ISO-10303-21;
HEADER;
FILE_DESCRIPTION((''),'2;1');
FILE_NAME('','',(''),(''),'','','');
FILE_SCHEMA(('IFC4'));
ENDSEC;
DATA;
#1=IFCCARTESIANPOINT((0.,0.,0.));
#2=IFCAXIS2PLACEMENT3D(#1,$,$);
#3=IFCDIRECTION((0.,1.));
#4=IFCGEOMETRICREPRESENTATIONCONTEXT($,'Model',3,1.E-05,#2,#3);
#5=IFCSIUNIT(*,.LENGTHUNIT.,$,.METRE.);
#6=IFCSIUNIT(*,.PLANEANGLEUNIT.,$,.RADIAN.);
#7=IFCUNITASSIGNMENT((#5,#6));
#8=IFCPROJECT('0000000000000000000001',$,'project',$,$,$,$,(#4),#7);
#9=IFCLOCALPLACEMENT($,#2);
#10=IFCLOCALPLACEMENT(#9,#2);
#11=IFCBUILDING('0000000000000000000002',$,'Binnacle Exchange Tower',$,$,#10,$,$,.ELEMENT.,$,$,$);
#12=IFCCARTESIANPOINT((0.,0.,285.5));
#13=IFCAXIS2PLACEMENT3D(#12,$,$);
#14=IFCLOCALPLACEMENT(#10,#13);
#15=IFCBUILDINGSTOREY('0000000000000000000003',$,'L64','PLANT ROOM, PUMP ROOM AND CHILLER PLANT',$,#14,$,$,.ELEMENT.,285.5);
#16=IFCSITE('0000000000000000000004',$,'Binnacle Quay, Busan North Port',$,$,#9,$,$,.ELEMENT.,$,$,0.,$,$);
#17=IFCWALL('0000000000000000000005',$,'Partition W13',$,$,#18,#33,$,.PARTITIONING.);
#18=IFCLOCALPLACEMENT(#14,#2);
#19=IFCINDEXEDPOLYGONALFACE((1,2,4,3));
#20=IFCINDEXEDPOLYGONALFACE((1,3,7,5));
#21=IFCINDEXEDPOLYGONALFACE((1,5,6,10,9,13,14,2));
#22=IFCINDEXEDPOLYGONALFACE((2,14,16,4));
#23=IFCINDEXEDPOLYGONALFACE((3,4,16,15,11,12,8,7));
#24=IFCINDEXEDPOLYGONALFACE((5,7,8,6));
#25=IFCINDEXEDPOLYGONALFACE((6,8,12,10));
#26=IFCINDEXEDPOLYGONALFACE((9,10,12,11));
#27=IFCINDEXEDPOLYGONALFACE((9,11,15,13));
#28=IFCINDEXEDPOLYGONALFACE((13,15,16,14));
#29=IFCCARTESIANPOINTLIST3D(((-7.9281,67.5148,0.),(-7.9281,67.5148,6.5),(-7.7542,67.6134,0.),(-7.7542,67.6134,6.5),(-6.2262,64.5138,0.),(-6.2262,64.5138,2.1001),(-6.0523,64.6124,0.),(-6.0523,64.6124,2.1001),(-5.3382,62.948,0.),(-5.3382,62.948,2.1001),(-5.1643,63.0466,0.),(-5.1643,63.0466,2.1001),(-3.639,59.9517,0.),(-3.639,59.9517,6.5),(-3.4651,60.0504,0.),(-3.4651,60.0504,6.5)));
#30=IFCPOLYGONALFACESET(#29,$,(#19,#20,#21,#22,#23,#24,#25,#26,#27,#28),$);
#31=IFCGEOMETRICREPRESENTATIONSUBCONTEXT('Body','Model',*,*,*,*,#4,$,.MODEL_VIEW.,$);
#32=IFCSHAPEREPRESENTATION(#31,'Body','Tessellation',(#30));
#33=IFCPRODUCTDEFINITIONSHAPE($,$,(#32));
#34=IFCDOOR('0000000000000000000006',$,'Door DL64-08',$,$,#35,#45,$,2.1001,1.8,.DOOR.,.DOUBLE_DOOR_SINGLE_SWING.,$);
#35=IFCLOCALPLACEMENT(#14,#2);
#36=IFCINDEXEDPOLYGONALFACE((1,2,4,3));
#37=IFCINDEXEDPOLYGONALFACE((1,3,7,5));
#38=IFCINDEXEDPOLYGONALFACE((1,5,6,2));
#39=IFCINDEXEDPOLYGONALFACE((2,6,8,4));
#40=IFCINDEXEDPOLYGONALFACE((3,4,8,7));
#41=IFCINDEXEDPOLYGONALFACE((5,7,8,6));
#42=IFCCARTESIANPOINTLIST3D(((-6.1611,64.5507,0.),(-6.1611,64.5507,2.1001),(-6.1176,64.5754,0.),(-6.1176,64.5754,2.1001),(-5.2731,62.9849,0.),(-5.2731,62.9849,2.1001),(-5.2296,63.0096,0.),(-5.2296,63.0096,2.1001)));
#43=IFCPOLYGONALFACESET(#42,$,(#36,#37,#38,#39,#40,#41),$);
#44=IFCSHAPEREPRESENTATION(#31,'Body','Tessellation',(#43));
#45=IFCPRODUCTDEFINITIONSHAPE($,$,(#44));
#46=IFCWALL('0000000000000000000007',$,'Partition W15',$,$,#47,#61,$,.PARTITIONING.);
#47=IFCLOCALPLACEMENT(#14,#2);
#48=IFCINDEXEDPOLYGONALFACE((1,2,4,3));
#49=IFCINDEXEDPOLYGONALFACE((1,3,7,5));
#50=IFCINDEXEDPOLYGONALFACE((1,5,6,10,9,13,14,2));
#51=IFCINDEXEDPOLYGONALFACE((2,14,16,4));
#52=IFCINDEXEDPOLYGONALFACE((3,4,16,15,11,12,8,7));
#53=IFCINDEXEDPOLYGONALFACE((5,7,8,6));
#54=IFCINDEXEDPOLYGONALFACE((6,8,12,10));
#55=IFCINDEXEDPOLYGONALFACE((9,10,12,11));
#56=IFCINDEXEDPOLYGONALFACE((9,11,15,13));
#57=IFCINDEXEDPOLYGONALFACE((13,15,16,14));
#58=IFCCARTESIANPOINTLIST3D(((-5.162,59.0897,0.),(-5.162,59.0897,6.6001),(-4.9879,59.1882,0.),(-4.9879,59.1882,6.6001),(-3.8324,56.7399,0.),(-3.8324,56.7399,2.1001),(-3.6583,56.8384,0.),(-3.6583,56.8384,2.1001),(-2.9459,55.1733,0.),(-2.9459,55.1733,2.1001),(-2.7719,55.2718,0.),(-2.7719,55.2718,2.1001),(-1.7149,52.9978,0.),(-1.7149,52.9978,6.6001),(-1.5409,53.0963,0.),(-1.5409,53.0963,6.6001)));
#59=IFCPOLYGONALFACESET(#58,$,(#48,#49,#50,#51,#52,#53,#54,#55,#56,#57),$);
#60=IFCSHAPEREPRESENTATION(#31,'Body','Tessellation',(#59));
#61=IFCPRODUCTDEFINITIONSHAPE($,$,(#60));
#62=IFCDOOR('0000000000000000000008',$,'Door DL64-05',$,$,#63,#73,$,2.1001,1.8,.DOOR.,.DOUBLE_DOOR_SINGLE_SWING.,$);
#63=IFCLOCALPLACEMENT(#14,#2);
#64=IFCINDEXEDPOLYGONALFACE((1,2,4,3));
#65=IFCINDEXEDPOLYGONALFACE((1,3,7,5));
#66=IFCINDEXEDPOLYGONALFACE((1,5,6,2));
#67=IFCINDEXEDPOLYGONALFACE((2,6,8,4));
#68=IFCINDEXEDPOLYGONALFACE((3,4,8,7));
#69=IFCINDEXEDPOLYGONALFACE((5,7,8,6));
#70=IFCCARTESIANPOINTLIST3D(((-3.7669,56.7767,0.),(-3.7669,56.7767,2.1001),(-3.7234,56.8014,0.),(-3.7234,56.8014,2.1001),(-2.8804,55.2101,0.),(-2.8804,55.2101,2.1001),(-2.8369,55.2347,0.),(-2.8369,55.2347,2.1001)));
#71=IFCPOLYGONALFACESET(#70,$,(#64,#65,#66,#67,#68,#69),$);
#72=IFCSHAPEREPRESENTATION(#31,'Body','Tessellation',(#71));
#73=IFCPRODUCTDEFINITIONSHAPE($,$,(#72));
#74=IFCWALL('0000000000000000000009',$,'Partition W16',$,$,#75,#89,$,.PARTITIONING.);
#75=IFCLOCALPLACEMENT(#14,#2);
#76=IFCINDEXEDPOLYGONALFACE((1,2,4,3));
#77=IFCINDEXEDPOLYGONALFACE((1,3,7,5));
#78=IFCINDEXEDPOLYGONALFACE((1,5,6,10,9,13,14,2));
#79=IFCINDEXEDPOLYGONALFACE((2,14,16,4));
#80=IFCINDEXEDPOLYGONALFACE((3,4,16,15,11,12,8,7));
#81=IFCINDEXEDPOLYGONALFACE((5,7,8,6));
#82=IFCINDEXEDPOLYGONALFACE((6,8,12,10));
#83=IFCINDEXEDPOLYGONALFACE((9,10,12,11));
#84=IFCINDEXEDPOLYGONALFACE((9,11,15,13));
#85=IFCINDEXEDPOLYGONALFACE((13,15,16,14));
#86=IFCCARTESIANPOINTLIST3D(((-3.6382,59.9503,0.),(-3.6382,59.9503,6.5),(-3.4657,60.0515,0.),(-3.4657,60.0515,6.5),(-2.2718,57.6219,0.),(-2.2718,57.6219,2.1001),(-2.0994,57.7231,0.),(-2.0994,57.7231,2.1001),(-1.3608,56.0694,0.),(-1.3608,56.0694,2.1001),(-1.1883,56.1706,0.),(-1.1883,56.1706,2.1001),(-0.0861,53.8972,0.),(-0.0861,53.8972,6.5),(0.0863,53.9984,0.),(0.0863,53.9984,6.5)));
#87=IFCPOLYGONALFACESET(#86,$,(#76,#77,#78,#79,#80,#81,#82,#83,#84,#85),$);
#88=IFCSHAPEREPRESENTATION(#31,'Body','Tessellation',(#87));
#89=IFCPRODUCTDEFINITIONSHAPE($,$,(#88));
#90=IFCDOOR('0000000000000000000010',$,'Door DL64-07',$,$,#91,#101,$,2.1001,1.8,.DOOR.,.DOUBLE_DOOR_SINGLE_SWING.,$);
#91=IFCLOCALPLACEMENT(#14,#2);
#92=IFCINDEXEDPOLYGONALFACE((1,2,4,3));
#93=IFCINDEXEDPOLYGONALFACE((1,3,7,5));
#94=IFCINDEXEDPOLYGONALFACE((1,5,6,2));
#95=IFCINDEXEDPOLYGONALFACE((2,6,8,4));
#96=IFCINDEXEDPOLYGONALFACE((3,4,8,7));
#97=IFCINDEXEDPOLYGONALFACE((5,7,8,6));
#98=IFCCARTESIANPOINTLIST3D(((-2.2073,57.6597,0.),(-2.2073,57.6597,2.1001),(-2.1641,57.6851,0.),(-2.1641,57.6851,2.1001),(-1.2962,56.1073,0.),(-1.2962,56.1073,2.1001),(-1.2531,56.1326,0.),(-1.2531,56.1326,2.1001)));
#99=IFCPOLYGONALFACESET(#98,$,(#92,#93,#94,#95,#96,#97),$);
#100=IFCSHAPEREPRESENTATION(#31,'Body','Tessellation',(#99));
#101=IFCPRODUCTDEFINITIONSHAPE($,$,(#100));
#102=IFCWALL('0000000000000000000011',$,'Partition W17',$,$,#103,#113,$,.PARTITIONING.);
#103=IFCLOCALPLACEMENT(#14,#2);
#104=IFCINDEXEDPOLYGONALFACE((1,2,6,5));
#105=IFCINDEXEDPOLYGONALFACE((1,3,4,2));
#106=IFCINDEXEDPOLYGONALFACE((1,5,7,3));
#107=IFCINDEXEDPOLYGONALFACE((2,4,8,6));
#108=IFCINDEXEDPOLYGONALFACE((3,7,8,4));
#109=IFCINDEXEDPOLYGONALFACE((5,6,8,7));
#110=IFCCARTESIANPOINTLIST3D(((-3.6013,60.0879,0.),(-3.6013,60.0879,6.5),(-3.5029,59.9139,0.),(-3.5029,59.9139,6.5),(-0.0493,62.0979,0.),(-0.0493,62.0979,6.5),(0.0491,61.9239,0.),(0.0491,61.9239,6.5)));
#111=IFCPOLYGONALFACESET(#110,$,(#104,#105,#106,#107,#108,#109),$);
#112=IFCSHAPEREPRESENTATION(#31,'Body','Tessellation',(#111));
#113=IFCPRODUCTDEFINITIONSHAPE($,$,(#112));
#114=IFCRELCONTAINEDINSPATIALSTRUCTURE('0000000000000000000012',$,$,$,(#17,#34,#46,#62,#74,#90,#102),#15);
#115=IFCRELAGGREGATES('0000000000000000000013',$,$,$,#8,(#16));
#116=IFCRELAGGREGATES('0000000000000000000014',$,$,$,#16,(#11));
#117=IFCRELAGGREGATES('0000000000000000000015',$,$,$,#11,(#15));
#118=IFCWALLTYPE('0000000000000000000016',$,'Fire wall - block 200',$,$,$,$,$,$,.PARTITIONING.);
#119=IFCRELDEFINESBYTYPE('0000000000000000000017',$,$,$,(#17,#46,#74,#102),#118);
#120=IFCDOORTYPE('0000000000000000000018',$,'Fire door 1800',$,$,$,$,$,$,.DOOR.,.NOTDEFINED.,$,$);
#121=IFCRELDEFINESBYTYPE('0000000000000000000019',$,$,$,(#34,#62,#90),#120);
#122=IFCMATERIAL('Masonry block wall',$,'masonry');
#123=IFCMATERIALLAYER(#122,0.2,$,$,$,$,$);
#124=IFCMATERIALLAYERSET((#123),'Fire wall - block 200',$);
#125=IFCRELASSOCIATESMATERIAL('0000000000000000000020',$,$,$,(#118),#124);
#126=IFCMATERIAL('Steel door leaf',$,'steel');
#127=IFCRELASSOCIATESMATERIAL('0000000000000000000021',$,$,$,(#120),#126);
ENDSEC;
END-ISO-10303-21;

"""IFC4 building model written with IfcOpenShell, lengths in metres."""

from ifc_helpers import new_model, si_unit, direction, frame, frame_2d, origin, place, context, subcontext, project, spatial, rectangle, extrude, material, layer, layer_set, type_object, element, fill, save


model = new_model("IFC4")

# Units and contexts
model_context = context("Model", 3, precision=1e-05, world=origin(), true_north=direction((0.0, 1.0)))
body_context = subcontext(model_context, "Body", "Model", "MODEL_VIEW")
ifc_project = project(units=[si_unit("LENGTHUNIT", "METRE"), si_unit("PLANEANGLEUNIT", "RADIAN")], contexts=[model_context])

# Site, building, storey
site_placement = place(None, origin())
site = spatial("IfcSite", under=ifc_project, at=site_placement, Name="Binnacle Quay, Busan North Port", CompositionType="ELEMENT", RefElevation=0.0)
building_placement = place(site_placement, origin())
building = spatial("IfcBuilding", under=site, at=building_placement, Name="Binnacle Exchange Tower", CompositionType="ELEMENT")
storey_placement = place(building_placement, frame((0.0, 0.0, 285.5)))
storey = spatial("IfcBuildingStorey", under=building, at=storey_placement, Name="L64", Description="PLANT ROOM, PUMP ROOM AND CHILLER PLANT", CompositionType="ELEMENT", Elevation=285.5)

# Shared definitions
ifc_material_1 = material(Name="Masonry block wall", Category="masonry")
ifc_layer_1 = layer(ifc_material_1, 0.2)
ifc_layer_set_1 = layer_set([ifc_layer_1], Name="Fire wall - block 200")
wall_type_1 = type_object("IfcWallType", Name="Fire wall - block 200", PredefinedType="PARTITIONING", material=ifc_layer_set_1)

# Walls, openings, doors
ifc_material_2 = material(Name="Steel door leaf", Category="steel")
door_type = type_object("IfcDoorType", Name="Fire door 1800", OperationType="NOTDEFINED", PredefinedType="DOOR", material=ifc_material_2)
wall_1_placement = place(storey_placement, frame((-7.8411, 67.564, 0.0), z_axis=(0.0, 0.0, 1.0), x_axis=(0.493306, -0.869856, 0.0)))
wall_1 = element("IfcWall", 1, at=wall_1_placement, inside=storey, type_object=wall_type_1, Name="Partition W13", PredefinedType="PARTITIONING", context=body_context, shape_type="SweptSolid", body=[
    extrude(rectangle(XDim=8.6946, YDim=0.2, at=frame_2d((4.3472, 0.0))), origin(), (0.0, 0.0, 1.0), 6.5),
])
opening_1_placement = place(wall_1_placement, frame((3.45, 0.0, 0.0)))
opening_1 = element("IfcOpeningElement", 2, at=opening_1_placement, cuts=wall_1, PredefinedType="OPENING", context=body_context, shape_type="SweptSolid", body=[
    extrude(rectangle(XDim=1.8, YDim=2.1001, at=frame_2d((0.8999, 1.05))), frame((0.0, 0.1099, 0.0), z_axis=(0.0, -1.0, 0.0), x_axis=(1.0, 0.0, 0.0)), (0.0, 0.0, 1.0), 0.22),
])
door_1_placement = place(opening_1_placement, origin())
door_1 = element("IfcDoor", 3, at=door_1_placement, inside=storey, type_object=door_type, Name="Door DL64-08", OperationType="DOUBLE_DOOR_SINGLE_SWING", OverallHeight=2.1001, OverallWidth=1.8, PredefinedType="DOOR", context=body_context, shape_type="SweptSolid", body=[
    extrude(rectangle(XDim=1.8, YDim=2.1001, at=frame_2d((0.8999, 1.05))), frame((0.0, 0.0249, 0.0), z_axis=(0.0, -1.0, 0.0), x_axis=(1.0, 0.0, 0.0)), (0.0, 0.0, 1.0), 0.05),
])
fill(opening_1, door_1)
wall_2_placement = place(storey_placement, frame((-5.075, 59.1389, 0.0), z_axis=(0.0, 0.0, 1.0), x_axis=(0.492472, -0.870328, 0.0)))
wall_2 = element("IfcWall", 4, at=wall_2_placement, inside=storey, type_object=wall_type_1, Name="Partition W15", PredefinedType="PARTITIONING", context=body_context, shape_type="SweptSolid", body=[
    extrude(rectangle(XDim=6.9995, YDim=0.2, at=frame_2d((3.4998, 0.0))), origin(), (0.0, 0.0, 1.0), 6.6001),
])
opening_2_placement = place(wall_2_placement, frame((2.7, 0.0, 0.0)))
opening_2 = element("IfcOpeningElement", 5, at=opening_2_placement, cuts=wall_2, PredefinedType="OPENING", context=body_context, shape_type="SweptSolid", body=[
    extrude(rectangle(XDim=1.8, YDim=2.1001, at=frame_2d((0.8999, 1.05))), frame((0.0, 0.1099, 0.0), z_axis=(0.0, -1.0, 0.0), x_axis=(1.0, 0.0, 0.0)), (0.0, 0.0, 1.0), 0.22),
])
door_2_placement = place(opening_2_placement, frame((1.8, 0.0, 0.0), z_axis=(0.0, 0.0, 1.0), x_axis=(-1.0, 0.0, 0.0)))
door_2 = element("IfcDoor", 6, at=door_2_placement, inside=storey, type_object=door_type, Name="Door DL64-05", OperationType="DOUBLE_DOOR_SINGLE_SWING", OverallHeight=2.1001, OverallWidth=1.8, PredefinedType="DOOR", context=body_context, shape_type="SweptSolid", body=[
    extrude(rectangle(XDim=1.8, YDim=2.1001, at=frame_2d((0.8999, 1.05))), frame((0.0, 0.0249, 0.0), z_axis=(0.0, -1.0, 0.0), x_axis=(1.0, 0.0, 0.0)), (0.0, 0.0, 1.0), 0.05),
])
fill(opening_2, door_2)
wall_3_placement = place(storey_placement, frame((-3.552, 60.001, 0.0), z_axis=(0.0, 0.0, 1.0), x_axis=(0.506112, -0.862468, 0.0)))
wall_3 = element("IfcWall", 7, at=wall_3_placement, inside=storey, type_object=wall_type_1, Name="Partition W16", PredefinedType="PARTITIONING", context=body_context, shape_type="SweptSolid", body=[
    extrude(rectangle(XDim=7.0183, YDim=0.2, at=frame_2d((3.5093, 0.0))), origin(), (0.0, 0.0, 1.0), 6.5),
])
opening_3_placement = place(wall_3_placement, frame((2.7, 0.0, 0.0)))
opening_3 = element("IfcOpeningElement", 8, at=opening_3_placement, cuts=wall_3, PredefinedType="OPENING", context=body_context, shape_type="SweptSolid", body=[
    extrude(rectangle(XDim=1.8, YDim=2.1001, at=frame_2d((0.8999, 1.05))), frame((0.0, 0.1099, 0.0), z_axis=(0.0, -1.0, 0.0), x_axis=(1.0, 0.0, 0.0)), (0.0, 0.0, 1.0), 0.22),
])
door_3_placement = place(opening_3_placement, origin())
door_3 = element("IfcDoor", 9, at=door_3_placement, inside=storey, type_object=door_type, Name="Door DL64-07", OperationType="DOUBLE_DOOR_SINGLE_SWING", OverallHeight=2.1001, OverallWidth=1.8, PredefinedType="DOOR", context=body_context, shape_type="SweptSolid", body=[
    extrude(rectangle(XDim=1.8, YDim=2.1001, at=frame_2d((0.8999, 1.05))), frame((0.0, 0.0249, 0.0), z_axis=(0.0, -1.0, 0.0), x_axis=(1.0, 0.0, 0.0)), (0.0, 0.0, 1.0), 0.05),
])
fill(opening_3, door_3)

# Wall
wall_4_placement = place(storey_placement, frame((-3.552, 60.001, 0.0), z_axis=(0.0, 0.0, 1.0), x_axis=(0.870315, 0.492495, 0.0)))
element("IfcWall", 10, at=wall_4_placement, inside=storey, type_object=wall_type_1, Name="Partition W17", PredefinedType="PARTITIONING", context=body_context, shape_type="SweptSolid", body=[
    extrude(rectangle(XDim=4.0813, YDim=0.2, at=frame_2d((2.0405, 0.0))), origin(), (0.0, 0.0, 1.0), 6.5),
])

save(model, "model.ifc")
